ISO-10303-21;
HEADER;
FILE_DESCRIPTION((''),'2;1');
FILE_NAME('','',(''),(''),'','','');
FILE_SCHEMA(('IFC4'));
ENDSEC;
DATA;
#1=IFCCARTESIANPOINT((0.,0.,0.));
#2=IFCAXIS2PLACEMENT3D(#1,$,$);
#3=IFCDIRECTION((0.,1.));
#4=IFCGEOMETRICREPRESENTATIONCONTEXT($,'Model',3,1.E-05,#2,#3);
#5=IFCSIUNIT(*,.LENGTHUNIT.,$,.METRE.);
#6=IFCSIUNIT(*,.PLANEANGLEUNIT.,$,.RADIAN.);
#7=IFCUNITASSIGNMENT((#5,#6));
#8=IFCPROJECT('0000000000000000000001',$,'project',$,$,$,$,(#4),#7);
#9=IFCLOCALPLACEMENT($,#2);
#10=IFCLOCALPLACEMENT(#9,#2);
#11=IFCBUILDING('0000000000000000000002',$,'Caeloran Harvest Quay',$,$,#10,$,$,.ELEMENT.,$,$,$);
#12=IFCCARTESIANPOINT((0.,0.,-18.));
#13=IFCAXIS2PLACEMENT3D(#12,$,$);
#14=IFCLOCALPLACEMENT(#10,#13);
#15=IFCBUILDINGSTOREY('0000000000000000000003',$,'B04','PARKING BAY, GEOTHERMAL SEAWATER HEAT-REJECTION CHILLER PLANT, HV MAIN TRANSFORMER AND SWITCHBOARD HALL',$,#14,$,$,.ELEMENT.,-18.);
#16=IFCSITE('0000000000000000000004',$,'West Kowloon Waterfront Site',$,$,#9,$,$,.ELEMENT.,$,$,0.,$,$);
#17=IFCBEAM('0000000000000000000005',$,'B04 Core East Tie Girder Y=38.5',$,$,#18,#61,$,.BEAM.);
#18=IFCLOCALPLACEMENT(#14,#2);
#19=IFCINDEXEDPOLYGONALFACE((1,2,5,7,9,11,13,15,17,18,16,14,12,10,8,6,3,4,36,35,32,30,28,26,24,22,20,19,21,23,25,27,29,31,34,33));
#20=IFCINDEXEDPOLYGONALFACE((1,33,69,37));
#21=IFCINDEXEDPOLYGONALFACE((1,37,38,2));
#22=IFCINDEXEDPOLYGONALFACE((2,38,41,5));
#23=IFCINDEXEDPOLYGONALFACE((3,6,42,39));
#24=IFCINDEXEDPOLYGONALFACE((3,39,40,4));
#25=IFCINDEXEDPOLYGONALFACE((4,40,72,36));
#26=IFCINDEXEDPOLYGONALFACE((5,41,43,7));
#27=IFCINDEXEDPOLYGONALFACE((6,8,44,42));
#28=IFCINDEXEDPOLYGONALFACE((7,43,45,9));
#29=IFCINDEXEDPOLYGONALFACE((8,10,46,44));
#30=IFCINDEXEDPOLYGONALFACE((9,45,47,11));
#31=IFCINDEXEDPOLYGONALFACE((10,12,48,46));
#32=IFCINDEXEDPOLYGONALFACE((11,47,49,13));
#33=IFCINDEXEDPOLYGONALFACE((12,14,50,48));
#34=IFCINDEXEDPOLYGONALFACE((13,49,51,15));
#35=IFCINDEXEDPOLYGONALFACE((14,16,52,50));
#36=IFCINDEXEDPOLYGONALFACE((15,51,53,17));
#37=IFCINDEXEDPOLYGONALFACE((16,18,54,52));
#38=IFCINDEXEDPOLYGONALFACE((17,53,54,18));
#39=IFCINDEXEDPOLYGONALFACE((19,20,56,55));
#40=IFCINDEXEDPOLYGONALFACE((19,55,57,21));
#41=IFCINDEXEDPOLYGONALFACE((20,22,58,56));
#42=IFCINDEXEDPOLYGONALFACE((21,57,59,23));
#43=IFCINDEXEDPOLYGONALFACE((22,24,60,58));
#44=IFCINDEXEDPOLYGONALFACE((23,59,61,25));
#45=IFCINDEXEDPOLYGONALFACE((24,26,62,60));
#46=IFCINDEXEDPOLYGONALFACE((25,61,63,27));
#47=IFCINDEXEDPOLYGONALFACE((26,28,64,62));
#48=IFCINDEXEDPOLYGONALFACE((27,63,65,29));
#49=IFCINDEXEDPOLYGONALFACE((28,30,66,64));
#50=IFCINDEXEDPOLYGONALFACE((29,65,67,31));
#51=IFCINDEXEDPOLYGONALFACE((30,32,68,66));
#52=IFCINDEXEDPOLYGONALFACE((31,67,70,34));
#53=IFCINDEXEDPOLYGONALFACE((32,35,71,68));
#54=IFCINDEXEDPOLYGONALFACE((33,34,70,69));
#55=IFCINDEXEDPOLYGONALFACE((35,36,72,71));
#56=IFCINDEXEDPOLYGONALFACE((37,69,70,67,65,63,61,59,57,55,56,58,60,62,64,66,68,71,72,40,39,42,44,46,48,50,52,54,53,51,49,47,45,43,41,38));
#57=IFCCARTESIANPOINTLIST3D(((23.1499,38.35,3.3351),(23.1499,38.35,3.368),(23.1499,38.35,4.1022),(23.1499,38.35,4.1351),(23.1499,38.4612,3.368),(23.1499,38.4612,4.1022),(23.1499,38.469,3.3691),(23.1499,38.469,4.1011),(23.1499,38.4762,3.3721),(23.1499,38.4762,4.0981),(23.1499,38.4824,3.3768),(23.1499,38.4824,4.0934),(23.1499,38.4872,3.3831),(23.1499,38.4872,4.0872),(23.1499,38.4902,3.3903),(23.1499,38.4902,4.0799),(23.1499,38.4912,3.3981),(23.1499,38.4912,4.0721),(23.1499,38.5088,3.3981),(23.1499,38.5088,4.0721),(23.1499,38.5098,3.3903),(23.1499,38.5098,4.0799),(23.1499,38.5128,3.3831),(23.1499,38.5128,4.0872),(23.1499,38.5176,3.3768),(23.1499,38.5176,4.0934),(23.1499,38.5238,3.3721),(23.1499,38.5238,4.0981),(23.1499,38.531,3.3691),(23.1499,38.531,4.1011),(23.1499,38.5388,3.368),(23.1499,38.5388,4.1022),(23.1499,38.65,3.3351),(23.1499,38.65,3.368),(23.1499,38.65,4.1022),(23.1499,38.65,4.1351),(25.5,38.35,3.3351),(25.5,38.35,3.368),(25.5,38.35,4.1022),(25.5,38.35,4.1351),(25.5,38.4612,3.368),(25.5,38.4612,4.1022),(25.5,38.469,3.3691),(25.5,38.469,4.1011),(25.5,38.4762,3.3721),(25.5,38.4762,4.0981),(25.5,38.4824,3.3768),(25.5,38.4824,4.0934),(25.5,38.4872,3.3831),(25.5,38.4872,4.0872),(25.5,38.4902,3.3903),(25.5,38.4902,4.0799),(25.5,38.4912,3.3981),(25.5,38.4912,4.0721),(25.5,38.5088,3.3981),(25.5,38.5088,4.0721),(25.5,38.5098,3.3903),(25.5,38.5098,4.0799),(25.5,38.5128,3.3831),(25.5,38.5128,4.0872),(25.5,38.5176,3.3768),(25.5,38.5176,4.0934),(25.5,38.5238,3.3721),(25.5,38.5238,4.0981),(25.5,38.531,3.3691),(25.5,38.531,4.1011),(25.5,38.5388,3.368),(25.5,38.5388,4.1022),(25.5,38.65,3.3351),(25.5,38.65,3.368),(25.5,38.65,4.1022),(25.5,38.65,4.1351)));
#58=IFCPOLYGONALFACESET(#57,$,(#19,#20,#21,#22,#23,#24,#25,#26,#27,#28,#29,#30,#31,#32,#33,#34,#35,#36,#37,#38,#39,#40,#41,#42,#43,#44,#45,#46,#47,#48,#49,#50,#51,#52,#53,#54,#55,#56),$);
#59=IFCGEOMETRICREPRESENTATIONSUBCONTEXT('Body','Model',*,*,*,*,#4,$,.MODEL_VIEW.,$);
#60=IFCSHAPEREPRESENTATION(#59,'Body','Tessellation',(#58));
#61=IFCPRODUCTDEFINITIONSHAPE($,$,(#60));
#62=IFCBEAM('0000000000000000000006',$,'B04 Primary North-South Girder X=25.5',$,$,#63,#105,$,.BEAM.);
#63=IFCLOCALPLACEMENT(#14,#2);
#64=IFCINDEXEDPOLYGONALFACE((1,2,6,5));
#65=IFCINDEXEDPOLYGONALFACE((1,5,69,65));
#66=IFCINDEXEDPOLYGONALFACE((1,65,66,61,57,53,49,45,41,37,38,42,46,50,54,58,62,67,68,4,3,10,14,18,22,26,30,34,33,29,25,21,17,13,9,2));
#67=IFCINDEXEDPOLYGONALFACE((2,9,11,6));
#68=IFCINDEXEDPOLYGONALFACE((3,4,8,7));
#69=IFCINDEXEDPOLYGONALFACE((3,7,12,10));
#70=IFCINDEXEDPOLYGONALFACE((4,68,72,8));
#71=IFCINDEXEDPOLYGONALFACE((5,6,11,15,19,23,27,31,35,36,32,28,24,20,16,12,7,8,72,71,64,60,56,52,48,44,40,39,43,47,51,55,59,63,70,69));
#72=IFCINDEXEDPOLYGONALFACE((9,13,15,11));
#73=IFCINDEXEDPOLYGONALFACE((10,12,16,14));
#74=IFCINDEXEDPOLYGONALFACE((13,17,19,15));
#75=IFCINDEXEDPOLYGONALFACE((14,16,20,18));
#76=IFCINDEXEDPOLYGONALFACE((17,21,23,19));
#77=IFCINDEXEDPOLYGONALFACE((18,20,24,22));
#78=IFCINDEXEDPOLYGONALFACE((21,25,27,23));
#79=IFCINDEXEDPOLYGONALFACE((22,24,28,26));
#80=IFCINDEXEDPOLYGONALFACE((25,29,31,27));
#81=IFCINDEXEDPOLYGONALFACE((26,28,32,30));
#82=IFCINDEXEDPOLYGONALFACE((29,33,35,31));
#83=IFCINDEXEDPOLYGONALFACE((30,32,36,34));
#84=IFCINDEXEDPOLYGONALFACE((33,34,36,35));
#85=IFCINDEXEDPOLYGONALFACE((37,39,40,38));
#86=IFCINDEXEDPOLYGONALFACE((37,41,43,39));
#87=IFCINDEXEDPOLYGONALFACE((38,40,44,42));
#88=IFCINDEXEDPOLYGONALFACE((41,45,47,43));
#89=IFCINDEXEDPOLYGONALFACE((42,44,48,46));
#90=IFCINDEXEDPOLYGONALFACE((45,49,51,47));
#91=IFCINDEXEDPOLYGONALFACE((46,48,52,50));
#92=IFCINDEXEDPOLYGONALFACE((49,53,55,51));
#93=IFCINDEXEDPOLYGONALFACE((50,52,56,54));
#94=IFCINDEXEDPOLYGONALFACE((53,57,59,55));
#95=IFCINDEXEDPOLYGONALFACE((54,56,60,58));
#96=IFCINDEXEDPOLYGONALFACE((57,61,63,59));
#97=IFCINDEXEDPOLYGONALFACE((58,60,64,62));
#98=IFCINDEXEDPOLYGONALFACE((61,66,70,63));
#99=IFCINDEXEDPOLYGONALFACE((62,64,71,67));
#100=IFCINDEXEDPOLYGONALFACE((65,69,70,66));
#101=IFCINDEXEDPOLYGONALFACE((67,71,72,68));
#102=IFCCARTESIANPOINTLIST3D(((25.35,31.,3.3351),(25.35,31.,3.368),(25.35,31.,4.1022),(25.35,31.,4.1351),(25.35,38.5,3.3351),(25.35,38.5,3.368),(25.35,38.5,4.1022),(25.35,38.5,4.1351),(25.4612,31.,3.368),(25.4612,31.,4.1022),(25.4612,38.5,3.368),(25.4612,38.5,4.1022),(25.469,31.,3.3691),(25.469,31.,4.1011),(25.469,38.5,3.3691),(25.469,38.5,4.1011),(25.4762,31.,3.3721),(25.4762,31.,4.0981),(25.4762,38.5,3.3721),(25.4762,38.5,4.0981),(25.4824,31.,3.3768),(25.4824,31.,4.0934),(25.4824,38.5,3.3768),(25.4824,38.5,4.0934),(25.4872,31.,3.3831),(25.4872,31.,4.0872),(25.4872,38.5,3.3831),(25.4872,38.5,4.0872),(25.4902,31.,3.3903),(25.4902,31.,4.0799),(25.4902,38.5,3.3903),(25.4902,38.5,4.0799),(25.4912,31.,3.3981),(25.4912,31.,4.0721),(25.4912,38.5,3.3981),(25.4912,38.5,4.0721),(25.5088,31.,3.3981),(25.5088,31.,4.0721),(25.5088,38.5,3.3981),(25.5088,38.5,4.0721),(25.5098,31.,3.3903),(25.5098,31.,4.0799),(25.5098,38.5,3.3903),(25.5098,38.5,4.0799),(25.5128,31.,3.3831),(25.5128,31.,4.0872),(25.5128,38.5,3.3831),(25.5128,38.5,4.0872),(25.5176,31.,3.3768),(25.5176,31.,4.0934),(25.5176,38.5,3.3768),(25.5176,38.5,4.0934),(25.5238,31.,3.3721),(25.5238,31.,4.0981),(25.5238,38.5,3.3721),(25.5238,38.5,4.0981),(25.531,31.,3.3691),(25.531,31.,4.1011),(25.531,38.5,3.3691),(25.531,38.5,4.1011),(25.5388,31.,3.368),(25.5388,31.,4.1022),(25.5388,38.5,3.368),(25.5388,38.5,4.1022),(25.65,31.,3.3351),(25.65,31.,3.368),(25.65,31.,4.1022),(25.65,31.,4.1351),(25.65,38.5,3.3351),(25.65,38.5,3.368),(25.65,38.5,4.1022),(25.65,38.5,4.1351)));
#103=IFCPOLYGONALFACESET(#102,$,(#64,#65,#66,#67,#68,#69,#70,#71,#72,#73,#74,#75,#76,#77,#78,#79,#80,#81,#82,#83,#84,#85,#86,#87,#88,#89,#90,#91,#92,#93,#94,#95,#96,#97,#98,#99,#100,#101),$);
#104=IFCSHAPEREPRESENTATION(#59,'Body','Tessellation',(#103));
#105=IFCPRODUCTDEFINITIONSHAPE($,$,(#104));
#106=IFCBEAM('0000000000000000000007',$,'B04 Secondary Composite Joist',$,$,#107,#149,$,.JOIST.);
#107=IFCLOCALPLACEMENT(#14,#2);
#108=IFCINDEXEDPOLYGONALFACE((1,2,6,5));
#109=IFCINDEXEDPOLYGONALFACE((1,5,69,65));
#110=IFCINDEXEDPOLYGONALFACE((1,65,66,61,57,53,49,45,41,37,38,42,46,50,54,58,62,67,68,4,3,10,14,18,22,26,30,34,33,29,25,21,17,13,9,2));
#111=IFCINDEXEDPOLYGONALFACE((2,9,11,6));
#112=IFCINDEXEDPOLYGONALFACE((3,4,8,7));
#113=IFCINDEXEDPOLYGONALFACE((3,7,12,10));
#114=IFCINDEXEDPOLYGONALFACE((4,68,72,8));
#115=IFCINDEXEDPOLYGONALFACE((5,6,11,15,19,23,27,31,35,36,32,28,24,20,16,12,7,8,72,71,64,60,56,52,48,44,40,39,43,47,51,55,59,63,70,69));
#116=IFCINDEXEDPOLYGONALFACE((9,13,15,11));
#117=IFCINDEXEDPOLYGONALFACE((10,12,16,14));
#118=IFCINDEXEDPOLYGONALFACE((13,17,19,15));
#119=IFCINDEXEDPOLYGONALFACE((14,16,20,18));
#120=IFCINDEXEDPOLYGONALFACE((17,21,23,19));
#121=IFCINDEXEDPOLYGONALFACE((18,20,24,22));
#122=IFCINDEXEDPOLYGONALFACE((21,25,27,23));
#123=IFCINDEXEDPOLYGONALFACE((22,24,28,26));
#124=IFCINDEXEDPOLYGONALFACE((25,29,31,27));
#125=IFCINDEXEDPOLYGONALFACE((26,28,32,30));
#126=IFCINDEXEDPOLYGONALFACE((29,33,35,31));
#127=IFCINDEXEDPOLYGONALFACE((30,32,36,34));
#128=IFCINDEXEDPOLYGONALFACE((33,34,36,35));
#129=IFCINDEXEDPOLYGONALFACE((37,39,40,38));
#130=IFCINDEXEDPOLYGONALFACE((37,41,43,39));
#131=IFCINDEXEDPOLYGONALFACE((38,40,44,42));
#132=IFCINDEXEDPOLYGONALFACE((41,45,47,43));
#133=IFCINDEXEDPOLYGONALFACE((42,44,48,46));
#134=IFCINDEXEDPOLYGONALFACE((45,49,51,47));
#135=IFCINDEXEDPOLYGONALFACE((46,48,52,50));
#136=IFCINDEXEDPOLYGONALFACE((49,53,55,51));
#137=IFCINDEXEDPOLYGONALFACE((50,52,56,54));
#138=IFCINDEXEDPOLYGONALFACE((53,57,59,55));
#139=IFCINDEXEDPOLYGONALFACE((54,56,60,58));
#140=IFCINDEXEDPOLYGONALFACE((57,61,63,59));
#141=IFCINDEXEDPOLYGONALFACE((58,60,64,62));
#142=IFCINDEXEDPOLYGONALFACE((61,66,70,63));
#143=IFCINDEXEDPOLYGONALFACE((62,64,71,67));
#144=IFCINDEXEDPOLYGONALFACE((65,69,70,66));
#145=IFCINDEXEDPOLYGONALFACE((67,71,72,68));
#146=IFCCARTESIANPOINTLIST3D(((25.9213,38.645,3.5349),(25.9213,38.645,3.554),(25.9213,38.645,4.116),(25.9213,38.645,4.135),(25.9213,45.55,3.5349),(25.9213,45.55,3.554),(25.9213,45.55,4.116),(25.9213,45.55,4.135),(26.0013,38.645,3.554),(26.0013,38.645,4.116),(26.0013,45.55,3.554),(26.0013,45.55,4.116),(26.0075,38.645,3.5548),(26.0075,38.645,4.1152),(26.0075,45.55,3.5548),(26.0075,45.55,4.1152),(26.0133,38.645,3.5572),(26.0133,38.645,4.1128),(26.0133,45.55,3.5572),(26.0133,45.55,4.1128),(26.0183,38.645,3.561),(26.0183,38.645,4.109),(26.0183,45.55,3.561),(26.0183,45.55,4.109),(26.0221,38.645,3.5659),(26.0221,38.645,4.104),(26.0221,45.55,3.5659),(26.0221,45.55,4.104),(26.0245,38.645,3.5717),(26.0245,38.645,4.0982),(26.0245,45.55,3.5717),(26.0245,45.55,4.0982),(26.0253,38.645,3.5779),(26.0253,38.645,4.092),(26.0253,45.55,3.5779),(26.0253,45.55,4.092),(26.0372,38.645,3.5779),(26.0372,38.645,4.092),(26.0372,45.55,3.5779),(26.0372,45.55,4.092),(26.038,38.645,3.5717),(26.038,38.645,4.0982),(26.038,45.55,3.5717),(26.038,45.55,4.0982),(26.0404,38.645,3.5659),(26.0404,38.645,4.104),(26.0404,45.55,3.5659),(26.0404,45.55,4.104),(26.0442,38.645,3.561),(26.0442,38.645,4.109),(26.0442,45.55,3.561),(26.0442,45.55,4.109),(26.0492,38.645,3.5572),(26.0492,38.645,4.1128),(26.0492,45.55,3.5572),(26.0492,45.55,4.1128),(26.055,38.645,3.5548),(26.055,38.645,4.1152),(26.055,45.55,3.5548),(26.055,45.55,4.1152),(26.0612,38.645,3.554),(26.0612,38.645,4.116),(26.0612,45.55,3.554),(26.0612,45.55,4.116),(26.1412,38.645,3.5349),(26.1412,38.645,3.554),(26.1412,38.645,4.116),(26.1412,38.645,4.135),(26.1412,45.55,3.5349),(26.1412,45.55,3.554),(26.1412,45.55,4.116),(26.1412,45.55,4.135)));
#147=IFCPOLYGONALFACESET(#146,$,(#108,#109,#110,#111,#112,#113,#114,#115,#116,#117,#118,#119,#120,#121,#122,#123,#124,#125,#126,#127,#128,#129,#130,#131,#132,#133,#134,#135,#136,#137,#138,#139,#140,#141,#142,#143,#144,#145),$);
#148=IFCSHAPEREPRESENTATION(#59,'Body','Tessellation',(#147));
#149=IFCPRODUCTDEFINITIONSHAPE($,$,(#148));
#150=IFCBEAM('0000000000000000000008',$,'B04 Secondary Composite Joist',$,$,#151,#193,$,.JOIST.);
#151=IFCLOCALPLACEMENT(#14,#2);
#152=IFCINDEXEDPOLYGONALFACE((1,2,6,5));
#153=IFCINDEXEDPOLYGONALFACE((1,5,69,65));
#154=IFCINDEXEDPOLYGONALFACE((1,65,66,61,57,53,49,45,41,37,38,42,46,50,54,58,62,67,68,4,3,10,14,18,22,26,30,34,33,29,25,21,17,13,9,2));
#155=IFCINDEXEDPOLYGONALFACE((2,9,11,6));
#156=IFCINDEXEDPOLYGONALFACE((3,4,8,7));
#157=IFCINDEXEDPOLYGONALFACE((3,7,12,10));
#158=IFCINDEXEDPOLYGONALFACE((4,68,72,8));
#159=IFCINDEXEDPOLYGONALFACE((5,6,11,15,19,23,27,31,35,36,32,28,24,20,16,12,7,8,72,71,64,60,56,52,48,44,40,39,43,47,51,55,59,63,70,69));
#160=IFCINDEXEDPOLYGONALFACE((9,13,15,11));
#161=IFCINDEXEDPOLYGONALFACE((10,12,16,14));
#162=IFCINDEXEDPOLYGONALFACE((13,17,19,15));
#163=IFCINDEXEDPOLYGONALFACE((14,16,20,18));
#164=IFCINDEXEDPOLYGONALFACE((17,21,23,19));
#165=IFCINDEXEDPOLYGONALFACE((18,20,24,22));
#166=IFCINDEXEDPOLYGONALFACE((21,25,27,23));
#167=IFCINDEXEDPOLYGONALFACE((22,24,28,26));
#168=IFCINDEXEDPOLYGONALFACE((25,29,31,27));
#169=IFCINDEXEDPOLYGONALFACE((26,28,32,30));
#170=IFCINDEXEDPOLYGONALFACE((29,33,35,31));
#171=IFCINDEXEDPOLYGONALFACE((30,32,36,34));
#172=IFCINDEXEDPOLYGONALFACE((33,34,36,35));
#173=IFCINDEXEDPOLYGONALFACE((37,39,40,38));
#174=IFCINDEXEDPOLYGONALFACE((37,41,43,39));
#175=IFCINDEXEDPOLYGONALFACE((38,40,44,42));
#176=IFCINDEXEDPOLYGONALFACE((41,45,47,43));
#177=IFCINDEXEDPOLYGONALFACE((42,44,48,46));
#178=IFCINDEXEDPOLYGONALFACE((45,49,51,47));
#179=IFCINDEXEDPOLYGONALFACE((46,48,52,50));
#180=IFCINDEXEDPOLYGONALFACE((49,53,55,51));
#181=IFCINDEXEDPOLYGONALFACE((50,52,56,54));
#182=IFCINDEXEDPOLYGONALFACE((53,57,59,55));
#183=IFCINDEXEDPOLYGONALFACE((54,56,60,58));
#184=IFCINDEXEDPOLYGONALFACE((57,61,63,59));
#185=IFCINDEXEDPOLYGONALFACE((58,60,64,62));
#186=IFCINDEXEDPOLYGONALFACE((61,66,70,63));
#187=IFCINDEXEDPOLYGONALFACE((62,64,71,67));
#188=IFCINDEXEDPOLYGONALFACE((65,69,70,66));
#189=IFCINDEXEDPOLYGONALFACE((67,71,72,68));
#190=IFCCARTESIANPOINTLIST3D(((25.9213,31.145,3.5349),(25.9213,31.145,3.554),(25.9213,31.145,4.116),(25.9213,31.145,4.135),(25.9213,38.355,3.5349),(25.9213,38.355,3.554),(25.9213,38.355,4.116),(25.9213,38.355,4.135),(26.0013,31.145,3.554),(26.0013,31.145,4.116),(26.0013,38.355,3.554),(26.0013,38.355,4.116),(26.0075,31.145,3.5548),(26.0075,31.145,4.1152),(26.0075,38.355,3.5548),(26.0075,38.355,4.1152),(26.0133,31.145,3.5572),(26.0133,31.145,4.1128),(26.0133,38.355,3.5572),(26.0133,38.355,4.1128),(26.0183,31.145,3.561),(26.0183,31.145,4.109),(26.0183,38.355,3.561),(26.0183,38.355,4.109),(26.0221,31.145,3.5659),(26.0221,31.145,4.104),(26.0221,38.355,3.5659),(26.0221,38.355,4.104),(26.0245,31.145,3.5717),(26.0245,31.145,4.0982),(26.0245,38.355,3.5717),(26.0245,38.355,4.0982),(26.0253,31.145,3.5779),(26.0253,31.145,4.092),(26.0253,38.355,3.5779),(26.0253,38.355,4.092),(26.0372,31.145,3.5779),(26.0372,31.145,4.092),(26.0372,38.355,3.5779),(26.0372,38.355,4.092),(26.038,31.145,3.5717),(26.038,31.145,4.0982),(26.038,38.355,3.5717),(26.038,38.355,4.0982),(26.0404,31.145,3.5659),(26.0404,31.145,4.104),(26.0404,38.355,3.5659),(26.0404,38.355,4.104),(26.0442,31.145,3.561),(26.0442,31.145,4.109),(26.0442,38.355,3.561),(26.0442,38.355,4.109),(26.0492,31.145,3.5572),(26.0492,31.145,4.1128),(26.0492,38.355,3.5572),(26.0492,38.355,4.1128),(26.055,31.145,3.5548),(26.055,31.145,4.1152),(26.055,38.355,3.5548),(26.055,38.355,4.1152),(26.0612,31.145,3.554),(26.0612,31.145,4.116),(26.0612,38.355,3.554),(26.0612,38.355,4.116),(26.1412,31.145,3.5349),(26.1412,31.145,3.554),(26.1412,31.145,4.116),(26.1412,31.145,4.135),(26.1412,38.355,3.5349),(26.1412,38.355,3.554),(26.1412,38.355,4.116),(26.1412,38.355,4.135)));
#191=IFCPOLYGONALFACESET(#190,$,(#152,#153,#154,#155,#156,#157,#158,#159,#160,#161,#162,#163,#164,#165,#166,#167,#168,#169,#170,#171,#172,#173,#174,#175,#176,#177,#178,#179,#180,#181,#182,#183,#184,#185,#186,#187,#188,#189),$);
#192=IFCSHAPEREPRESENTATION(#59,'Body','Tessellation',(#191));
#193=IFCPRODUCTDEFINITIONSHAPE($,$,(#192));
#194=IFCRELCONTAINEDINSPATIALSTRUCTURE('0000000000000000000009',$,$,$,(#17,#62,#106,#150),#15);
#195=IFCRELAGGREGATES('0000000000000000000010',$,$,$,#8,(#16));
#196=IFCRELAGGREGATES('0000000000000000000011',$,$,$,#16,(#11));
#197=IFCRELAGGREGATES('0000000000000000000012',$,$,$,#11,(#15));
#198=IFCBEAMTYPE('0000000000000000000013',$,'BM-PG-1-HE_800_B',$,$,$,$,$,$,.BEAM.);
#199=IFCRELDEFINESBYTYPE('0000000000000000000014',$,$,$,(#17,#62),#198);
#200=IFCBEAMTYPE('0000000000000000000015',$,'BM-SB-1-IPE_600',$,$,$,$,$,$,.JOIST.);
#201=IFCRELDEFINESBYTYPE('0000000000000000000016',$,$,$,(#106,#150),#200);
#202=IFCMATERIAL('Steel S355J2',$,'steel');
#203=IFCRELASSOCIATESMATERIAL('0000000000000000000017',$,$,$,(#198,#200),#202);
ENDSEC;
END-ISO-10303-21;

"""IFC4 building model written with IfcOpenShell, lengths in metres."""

from ifc_helpers import new_model, si_unit, direction, frame, origin, origin_2d, place, context, subcontext, project, spatial, i_section, extrude, material, material_profile, profile_set, type_object, element, save


model = new_model("IFC4")

# Units and contexts
model_context = context("Model", 3, precision=1e-05, world=origin(), true_north=direction((0.0, 1.0)))
body_context = subcontext(model_context, "Body", "Model", "MODEL_VIEW")
ifc_project = project(units=[si_unit("LENGTHUNIT", "METRE"), si_unit("PLANEANGLEUNIT", "RADIAN")], contexts=[model_context])

# Site, building, storey
site_placement = place(None, origin())
site = spatial("IfcSite", under=ifc_project, at=site_placement, Name="West Kowloon Waterfront Site", CompositionType="ELEMENT", RefElevation=0.0)
building_placement = place(site_placement, origin())
building = spatial("IfcBuilding", under=site, at=building_placement, Name="Caeloran Harvest Quay", CompositionType="ELEMENT")
storey_placement = place(building_placement, frame((0.0, 0.0, -18.0)))
storey = spatial("IfcBuildingStorey", under=building, at=storey_placement, Name="B04", Description="PARKING BAY, GEOTHERMAL SEAWATER HEAT-REJECTION CHILLER PLANT, HV MAIN TRANSFORMER AND SWITCHBOARD HALL", CompositionType="ELEMENT", Elevation=-18.0)

# Beams
ifc_material_1 = material(Name="Steel S355J2", Category="steel")
ifc_material_profile_1 = material_profile(ifc_material_1, i_section(OverallWidth=0.3, OverallDepth=0.8, WebThickness=0.0176, FlangeThickness=0.033, FilletRadius=0.03, at=origin_2d()), Name="HE 800 B")
ifc_profile_set_1 = profile_set([ifc_material_profile_1], Name="Steel S355J2")
beam_type_1 = type_object("IfcBeamType", Name="BM-PG-1-HE_800_B", PredefinedType="BEAM", material=ifc_profile_set_1)
beam_1_placement = place(storey_placement, frame((23.1499, 38.5, 3.7351), z_axis=(1.0, 0.0, 0.0), x_axis=(0.0, 1.0, 0.0)))
element("IfcBeam", 1, at=beam_1_placement, inside=storey, type_object=beam_type_1, Name="B04 Core East Tie Girder Y=38.5", PredefinedType="BEAM", context=body_context, shape_type="SweptSolid", body=[
    extrude(i_section(OverallWidth=0.3, OverallDepth=0.8, WebThickness=0.0176, FlangeThickness=0.033, FilletRadius=0.03, at=origin_2d()), origin(), (0.0, 0.0, 1.0), 2.3501),
])
beam_2_placement = place(storey_placement, frame((25.5, 31.0, 3.7351), z_axis=(0.0, 1.0, 0.0), x_axis=(-1.0, 0.0, 0.0)))
element("IfcBeam", 2, at=beam_2_placement, inside=storey, type_object=beam_type_1, Name="B04 Primary North-South Girder X=25.5", PredefinedType="BEAM", context=body_context, shape_type="SweptSolid", body=[
    extrude(i_section(OverallWidth=0.3, OverallDepth=0.8, WebThickness=0.0176, FlangeThickness=0.033, FilletRadius=0.03, at=origin_2d()), origin(), (0.0, 0.0, 1.0), 7.5),
])
ifc_material_profile_2 = material_profile(ifc_material_1, i_section(OverallWidth=0.22, OverallDepth=0.6001, WebThickness=0.012, FlangeThickness=0.019, FilletRadius=0.0239, at=origin_2d()), Name="IPE 600")
ifc_profile_set_2 = profile_set([ifc_material_profile_2], Name="Steel S355J2")
beam_type_2 = type_object("IfcBeamType", Name="BM-SB-1-IPE_600", PredefinedType="JOIST", material=ifc_profile_set_2)
beam_3_placement = place(storey_placement, frame((26.0312, 38.645, 3.835), z_axis=(0.0, 1.0, 0.0), x_axis=(-1.0, 0.0, 0.0)))
element("IfcBeam", 3, at=beam_3_placement, inside=storey, type_object=beam_type_2, Name="B04 Secondary Composite Joist", PredefinedType="JOIST", context=body_context, shape_type="SweptSolid", body=[
    extrude(i_section(OverallWidth=0.22, OverallDepth=0.6001, WebThickness=0.012, FlangeThickness=0.019, FilletRadius=0.0239, at=origin_2d()), origin(), (0.0, 0.0, 1.0), 6.905),
])
beam_4_placement = place(storey_placement, frame((26.0312, 31.145, 3.835), z_axis=(0.0, 1.0, 0.0), x_axis=(-1.0, 0.0, 0.0)))
element("IfcBeam", 4, at=beam_4_placement, inside=storey, type_object=beam_type_2, Name="B04 Secondary Composite Joist", PredefinedType="JOIST", context=body_context, shape_type="SweptSolid", body=[
    extrude(i_section(OverallWidth=0.22, OverallDepth=0.6001, WebThickness=0.012, FlangeThickness=0.019, FilletRadius=0.0239, at=origin_2d()), origin(), (0.0, 0.0, 1.0), 7.21),
])

save(model, "model.ifc")
